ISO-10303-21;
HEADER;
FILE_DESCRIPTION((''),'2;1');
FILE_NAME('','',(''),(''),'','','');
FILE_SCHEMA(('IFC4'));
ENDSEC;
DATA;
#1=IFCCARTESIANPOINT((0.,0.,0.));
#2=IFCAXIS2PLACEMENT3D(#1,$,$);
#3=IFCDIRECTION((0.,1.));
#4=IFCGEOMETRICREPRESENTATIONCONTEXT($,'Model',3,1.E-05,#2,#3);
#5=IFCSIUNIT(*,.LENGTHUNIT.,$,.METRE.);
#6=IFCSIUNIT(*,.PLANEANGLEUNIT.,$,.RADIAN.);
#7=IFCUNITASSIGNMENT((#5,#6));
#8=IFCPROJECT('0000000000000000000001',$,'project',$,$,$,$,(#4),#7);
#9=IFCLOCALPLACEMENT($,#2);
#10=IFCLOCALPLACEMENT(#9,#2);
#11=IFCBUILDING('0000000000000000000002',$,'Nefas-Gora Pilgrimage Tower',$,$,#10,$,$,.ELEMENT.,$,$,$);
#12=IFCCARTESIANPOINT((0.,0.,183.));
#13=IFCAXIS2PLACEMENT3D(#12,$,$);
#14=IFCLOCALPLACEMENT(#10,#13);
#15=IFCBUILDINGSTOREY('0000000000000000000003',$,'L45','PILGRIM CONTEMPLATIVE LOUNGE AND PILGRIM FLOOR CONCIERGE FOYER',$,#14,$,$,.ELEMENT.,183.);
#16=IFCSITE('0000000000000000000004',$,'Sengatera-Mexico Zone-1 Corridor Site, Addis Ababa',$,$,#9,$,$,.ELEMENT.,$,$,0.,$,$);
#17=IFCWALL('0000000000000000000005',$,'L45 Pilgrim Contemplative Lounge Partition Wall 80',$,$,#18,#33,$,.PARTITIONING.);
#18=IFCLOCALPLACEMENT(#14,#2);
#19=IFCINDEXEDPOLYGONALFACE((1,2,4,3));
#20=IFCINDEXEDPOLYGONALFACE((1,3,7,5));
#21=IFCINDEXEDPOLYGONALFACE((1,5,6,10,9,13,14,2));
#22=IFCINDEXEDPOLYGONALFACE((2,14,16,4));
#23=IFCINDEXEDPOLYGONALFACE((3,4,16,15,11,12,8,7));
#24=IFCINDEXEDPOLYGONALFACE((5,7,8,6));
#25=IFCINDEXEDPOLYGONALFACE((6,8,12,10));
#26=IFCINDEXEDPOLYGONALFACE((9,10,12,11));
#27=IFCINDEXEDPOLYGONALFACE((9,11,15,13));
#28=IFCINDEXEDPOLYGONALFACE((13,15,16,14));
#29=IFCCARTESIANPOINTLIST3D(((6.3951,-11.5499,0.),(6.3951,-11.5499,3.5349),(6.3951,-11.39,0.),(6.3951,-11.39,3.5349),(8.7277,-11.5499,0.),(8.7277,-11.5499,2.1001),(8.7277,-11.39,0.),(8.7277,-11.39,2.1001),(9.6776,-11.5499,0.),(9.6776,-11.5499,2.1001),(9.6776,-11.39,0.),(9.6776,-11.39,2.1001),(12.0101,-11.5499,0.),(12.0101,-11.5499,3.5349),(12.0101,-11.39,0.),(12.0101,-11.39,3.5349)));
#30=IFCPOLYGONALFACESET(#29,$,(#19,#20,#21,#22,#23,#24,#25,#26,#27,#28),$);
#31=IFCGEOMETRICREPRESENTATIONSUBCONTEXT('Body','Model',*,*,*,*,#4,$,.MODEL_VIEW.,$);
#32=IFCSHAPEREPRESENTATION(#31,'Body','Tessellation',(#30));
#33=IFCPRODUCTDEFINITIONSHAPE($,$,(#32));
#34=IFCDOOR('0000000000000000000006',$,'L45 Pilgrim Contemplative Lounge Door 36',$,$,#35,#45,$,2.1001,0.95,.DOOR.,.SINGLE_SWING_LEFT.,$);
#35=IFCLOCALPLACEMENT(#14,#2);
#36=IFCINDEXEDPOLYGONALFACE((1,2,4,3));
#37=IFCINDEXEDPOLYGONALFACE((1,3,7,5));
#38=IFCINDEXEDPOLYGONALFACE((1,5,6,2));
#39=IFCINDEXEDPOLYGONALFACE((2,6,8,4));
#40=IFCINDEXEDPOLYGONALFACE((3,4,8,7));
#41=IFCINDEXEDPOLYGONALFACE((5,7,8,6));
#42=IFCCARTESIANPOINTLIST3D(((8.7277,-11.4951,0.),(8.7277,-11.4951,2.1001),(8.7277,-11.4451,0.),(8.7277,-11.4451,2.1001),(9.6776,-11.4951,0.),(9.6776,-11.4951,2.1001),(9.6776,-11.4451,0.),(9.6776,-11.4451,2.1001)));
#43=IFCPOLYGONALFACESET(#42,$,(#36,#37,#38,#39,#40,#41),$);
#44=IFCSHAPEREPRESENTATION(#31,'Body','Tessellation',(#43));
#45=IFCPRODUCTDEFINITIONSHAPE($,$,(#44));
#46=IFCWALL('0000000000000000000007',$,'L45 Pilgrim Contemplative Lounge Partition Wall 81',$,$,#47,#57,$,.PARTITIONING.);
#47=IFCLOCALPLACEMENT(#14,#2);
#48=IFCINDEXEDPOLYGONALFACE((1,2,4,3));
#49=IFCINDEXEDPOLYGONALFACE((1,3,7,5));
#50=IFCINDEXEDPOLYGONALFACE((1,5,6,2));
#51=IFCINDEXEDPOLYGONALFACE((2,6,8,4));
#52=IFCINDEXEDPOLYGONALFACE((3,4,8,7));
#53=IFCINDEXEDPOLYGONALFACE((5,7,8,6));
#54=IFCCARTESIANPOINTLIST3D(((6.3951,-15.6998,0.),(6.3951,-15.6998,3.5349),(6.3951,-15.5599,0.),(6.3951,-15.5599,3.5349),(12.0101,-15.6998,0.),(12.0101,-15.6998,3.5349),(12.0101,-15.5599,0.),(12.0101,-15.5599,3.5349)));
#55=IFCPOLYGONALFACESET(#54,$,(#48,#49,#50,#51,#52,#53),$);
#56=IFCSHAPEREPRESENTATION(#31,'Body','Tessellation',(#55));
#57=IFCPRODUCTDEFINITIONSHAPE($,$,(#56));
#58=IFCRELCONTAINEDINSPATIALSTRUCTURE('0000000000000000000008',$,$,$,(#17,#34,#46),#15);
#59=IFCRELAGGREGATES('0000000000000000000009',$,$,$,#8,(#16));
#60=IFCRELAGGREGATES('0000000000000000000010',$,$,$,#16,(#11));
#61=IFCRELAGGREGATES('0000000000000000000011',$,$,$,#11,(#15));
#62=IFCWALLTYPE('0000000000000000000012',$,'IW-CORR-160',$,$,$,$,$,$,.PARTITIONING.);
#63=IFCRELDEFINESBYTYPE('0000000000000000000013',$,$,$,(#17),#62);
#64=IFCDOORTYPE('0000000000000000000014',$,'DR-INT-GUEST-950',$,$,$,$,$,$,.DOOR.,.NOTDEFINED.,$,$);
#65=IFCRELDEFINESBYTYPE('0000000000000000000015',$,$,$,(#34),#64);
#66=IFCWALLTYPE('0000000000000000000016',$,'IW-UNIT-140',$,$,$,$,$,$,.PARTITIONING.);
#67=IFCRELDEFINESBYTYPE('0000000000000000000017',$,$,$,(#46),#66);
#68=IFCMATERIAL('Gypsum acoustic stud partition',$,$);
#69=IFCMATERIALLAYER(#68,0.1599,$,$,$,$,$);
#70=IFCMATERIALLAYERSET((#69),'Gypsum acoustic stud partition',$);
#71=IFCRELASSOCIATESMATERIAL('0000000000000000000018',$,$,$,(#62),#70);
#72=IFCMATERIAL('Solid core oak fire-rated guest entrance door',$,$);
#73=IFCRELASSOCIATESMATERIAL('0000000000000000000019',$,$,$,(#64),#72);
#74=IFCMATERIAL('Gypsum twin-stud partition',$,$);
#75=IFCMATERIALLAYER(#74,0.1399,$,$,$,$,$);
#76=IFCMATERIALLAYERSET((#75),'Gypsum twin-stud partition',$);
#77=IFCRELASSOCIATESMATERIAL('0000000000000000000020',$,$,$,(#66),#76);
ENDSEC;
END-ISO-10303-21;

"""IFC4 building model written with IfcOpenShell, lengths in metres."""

from ifc_helpers import new_model, si_unit, direction, frame, frame_2d, origin, place, context, subcontext, project, spatial, rectangle, extrude, source, transform, mapped, material, layer, layer_set, type_object, element, fill, save


model = new_model("IFC4")

# Units and contexts
model_context = context("Model", 3, precision=1e-05, world=origin(), true_north=direction((0.0, 1.0)))
body_context = subcontext(model_context, "Body", "Model", "MODEL_VIEW")
ifc_project = project(units=[si_unit("LENGTHUNIT", "METRE"), si_unit("PLANEANGLEUNIT", "RADIAN")], contexts=[model_context])

# Site, building, storey
site_placement = place(None, origin())
site = spatial("IfcSite", under=ifc_project, at=site_placement, Name="Sengatera-Mexico Zone-1 Corridor Site, Addis Ababa", CompositionType="ELEMENT", RefElevation=0.0)
building_placement = place(site_placement, origin())
building = spatial("IfcBuilding", under=site, at=building_placement, Name="Nefas-Gora Pilgrimage Tower", CompositionType="ELEMENT")
storey_placement = place(building_placement, frame((0.0, 0.0, 183.0)))
storey = spatial("IfcBuildingStorey", under=building, at=storey_placement, Name="L45", Description="PILGRIM CONTEMPLATIVE LOUNGE AND PILGRIM FLOOR CONCIERGE FOYER", CompositionType="ELEMENT", Elevation=183.0)

# Shared definitions
ifc_material_1 = material(Name="Gypsum acoustic stud partition")
ifc_layer_1 = layer(ifc_material_1, 0.1599)
ifc_layer_set_1 = layer_set([ifc_layer_1], Name="Gypsum acoustic stud partition")
wall_type_1 = type_object("IfcWallType", Name="IW-CORR-160", PredefinedType="PARTITIONING", material=ifc_layer_set_1)
ifc_material_2 = material(Name="Solid core oak fire-rated guest entrance door")
door_type_1 = type_object("IfcDoorType", Name="DR-INT-GUEST-950", OperationType="NOTDEFINED", PredefinedType="DOOR", material=ifc_material_2)
shared_shape_1 = source(origin(), body_context, "Body", "SweptSolid", [
    extrude(rectangle(XDim=0.95, YDim=2.1001, at=frame_2d((0.4751, 1.05))), frame((0.0, 0.0249, 0.0), z_axis=(0.0, -1.0, 0.0), x_axis=(1.0, 0.0, 0.0)), (0.0, 0.0, 1.0), 0.05),
])

# Shared definitions
ifc_material_3 = material(Name="Gypsum twin-stud partition")
ifc_layer_2 = layer(ifc_material_3, 0.1399)
ifc_layer_set_2 = layer_set([ifc_layer_2], Name="Gypsum twin-stud partition")
wall_type_2 = type_object("IfcWallType", Name="IW-UNIT-140", PredefinedType="PARTITIONING", material=ifc_layer_set_2)

# Wall, opening, door
shared_shape_2 = source(origin(), body_context, "Body", "SweptSolid", [
    extrude(rectangle(XDim=5.615, YDim=0.1599, at=frame_2d((2.8076, 0.0))), origin(), (0.0, 0.0, 1.0), 3.5349),
])
wall_1_placement = place(storey_placement, frame((6.395, -11.47, 0.0), z_axis=(0.0, 0.0, 1.0), x_axis=(1.0, 0.0, 0.0)))
wall_1 = element("IfcWall", 1, at=wall_1_placement, inside=storey, type_object=wall_type_1, Name="L45 Pilgrim Contemplative Lounge Partition Wall 80", PredefinedType="PARTITIONING", context=body_context, shape_type="MappedRepresentation", body=[
    mapped(shared_shape_2, transform((0.0, 0.0, 0.0), x_axis=(1.0, 0.0, 0.0), y_axis=(0.0, 1.0, 0.0), z_axis=(0.0, 0.0, 1.0), scale=1.0)),
])
opening_1_placement = place(wall_1_placement, frame((2.3325, 0.0, 0.0)))
opening_1 = element("IfcOpeningElement", 2, at=opening_1_placement, cuts=wall_1, PredefinedType="OPENING", context=body_context, shape_type="SweptSolid", body=[
    extrude(rectangle(XDim=0.95, YDim=2.1001, at=frame_2d((0.4751, 1.05))), frame((0.0, 0.0898, 0.0), z_axis=(0.0, -1.0, 0.0), x_axis=(1.0, 0.0, 0.0)), (0.0, 0.0, 1.0), 0.1799),
])
door_1_placement = place(opening_1_placement, origin())
door_1 = element("IfcDoor", 3, at=door_1_placement, inside=storey, type_object=door_type_1, Name="L45 Pilgrim Contemplative Lounge Door 36", OperationType="SINGLE_SWING_LEFT", OverallHeight=2.1001, OverallWidth=0.95, PredefinedType="DOOR", context=body_context, shape_type="MappedRepresentation", body=[
    mapped(shared_shape_1, transform((0.0, 0.0, 0.0), x_axis=(1.0, 0.0, 0.0), y_axis=(0.0, 1.0, 0.0), z_axis=(0.0, 0.0, 1.0), scale=1.0)),
])
fill(opening_1, door_1)

# Wall
shared_shape_3 = source(origin(), body_context, "Body", "SweptSolid", [
    extrude(rectangle(XDim=5.615, YDim=0.1399, at=frame_2d((2.8076, 0.0))), origin(), (0.0, 0.0, 1.0), 3.5349),
])
wall_2_placement = place(storey_placement, frame((6.395, -15.6299, 0.0), z_axis=(0.0, 0.0, 1.0), x_axis=(1.0, 0.0, 0.0)))
element("IfcWall", 4, at=wall_2_placement, inside=storey, type_object=wall_type_2, Name="L45 Pilgrim Contemplative Lounge Partition Wall 81", PredefinedType="PARTITIONING", context=body_context, shape_type="MappedRepresentation", body=[
    mapped(shared_shape_3, transform((0.0, 0.0, 0.0), x_axis=(1.0, 0.0, 0.0), y_axis=(0.0, 1.0, 0.0), z_axis=(0.0, 0.0, 1.0), scale=1.0)),
])

save(model, "model.ifc")
